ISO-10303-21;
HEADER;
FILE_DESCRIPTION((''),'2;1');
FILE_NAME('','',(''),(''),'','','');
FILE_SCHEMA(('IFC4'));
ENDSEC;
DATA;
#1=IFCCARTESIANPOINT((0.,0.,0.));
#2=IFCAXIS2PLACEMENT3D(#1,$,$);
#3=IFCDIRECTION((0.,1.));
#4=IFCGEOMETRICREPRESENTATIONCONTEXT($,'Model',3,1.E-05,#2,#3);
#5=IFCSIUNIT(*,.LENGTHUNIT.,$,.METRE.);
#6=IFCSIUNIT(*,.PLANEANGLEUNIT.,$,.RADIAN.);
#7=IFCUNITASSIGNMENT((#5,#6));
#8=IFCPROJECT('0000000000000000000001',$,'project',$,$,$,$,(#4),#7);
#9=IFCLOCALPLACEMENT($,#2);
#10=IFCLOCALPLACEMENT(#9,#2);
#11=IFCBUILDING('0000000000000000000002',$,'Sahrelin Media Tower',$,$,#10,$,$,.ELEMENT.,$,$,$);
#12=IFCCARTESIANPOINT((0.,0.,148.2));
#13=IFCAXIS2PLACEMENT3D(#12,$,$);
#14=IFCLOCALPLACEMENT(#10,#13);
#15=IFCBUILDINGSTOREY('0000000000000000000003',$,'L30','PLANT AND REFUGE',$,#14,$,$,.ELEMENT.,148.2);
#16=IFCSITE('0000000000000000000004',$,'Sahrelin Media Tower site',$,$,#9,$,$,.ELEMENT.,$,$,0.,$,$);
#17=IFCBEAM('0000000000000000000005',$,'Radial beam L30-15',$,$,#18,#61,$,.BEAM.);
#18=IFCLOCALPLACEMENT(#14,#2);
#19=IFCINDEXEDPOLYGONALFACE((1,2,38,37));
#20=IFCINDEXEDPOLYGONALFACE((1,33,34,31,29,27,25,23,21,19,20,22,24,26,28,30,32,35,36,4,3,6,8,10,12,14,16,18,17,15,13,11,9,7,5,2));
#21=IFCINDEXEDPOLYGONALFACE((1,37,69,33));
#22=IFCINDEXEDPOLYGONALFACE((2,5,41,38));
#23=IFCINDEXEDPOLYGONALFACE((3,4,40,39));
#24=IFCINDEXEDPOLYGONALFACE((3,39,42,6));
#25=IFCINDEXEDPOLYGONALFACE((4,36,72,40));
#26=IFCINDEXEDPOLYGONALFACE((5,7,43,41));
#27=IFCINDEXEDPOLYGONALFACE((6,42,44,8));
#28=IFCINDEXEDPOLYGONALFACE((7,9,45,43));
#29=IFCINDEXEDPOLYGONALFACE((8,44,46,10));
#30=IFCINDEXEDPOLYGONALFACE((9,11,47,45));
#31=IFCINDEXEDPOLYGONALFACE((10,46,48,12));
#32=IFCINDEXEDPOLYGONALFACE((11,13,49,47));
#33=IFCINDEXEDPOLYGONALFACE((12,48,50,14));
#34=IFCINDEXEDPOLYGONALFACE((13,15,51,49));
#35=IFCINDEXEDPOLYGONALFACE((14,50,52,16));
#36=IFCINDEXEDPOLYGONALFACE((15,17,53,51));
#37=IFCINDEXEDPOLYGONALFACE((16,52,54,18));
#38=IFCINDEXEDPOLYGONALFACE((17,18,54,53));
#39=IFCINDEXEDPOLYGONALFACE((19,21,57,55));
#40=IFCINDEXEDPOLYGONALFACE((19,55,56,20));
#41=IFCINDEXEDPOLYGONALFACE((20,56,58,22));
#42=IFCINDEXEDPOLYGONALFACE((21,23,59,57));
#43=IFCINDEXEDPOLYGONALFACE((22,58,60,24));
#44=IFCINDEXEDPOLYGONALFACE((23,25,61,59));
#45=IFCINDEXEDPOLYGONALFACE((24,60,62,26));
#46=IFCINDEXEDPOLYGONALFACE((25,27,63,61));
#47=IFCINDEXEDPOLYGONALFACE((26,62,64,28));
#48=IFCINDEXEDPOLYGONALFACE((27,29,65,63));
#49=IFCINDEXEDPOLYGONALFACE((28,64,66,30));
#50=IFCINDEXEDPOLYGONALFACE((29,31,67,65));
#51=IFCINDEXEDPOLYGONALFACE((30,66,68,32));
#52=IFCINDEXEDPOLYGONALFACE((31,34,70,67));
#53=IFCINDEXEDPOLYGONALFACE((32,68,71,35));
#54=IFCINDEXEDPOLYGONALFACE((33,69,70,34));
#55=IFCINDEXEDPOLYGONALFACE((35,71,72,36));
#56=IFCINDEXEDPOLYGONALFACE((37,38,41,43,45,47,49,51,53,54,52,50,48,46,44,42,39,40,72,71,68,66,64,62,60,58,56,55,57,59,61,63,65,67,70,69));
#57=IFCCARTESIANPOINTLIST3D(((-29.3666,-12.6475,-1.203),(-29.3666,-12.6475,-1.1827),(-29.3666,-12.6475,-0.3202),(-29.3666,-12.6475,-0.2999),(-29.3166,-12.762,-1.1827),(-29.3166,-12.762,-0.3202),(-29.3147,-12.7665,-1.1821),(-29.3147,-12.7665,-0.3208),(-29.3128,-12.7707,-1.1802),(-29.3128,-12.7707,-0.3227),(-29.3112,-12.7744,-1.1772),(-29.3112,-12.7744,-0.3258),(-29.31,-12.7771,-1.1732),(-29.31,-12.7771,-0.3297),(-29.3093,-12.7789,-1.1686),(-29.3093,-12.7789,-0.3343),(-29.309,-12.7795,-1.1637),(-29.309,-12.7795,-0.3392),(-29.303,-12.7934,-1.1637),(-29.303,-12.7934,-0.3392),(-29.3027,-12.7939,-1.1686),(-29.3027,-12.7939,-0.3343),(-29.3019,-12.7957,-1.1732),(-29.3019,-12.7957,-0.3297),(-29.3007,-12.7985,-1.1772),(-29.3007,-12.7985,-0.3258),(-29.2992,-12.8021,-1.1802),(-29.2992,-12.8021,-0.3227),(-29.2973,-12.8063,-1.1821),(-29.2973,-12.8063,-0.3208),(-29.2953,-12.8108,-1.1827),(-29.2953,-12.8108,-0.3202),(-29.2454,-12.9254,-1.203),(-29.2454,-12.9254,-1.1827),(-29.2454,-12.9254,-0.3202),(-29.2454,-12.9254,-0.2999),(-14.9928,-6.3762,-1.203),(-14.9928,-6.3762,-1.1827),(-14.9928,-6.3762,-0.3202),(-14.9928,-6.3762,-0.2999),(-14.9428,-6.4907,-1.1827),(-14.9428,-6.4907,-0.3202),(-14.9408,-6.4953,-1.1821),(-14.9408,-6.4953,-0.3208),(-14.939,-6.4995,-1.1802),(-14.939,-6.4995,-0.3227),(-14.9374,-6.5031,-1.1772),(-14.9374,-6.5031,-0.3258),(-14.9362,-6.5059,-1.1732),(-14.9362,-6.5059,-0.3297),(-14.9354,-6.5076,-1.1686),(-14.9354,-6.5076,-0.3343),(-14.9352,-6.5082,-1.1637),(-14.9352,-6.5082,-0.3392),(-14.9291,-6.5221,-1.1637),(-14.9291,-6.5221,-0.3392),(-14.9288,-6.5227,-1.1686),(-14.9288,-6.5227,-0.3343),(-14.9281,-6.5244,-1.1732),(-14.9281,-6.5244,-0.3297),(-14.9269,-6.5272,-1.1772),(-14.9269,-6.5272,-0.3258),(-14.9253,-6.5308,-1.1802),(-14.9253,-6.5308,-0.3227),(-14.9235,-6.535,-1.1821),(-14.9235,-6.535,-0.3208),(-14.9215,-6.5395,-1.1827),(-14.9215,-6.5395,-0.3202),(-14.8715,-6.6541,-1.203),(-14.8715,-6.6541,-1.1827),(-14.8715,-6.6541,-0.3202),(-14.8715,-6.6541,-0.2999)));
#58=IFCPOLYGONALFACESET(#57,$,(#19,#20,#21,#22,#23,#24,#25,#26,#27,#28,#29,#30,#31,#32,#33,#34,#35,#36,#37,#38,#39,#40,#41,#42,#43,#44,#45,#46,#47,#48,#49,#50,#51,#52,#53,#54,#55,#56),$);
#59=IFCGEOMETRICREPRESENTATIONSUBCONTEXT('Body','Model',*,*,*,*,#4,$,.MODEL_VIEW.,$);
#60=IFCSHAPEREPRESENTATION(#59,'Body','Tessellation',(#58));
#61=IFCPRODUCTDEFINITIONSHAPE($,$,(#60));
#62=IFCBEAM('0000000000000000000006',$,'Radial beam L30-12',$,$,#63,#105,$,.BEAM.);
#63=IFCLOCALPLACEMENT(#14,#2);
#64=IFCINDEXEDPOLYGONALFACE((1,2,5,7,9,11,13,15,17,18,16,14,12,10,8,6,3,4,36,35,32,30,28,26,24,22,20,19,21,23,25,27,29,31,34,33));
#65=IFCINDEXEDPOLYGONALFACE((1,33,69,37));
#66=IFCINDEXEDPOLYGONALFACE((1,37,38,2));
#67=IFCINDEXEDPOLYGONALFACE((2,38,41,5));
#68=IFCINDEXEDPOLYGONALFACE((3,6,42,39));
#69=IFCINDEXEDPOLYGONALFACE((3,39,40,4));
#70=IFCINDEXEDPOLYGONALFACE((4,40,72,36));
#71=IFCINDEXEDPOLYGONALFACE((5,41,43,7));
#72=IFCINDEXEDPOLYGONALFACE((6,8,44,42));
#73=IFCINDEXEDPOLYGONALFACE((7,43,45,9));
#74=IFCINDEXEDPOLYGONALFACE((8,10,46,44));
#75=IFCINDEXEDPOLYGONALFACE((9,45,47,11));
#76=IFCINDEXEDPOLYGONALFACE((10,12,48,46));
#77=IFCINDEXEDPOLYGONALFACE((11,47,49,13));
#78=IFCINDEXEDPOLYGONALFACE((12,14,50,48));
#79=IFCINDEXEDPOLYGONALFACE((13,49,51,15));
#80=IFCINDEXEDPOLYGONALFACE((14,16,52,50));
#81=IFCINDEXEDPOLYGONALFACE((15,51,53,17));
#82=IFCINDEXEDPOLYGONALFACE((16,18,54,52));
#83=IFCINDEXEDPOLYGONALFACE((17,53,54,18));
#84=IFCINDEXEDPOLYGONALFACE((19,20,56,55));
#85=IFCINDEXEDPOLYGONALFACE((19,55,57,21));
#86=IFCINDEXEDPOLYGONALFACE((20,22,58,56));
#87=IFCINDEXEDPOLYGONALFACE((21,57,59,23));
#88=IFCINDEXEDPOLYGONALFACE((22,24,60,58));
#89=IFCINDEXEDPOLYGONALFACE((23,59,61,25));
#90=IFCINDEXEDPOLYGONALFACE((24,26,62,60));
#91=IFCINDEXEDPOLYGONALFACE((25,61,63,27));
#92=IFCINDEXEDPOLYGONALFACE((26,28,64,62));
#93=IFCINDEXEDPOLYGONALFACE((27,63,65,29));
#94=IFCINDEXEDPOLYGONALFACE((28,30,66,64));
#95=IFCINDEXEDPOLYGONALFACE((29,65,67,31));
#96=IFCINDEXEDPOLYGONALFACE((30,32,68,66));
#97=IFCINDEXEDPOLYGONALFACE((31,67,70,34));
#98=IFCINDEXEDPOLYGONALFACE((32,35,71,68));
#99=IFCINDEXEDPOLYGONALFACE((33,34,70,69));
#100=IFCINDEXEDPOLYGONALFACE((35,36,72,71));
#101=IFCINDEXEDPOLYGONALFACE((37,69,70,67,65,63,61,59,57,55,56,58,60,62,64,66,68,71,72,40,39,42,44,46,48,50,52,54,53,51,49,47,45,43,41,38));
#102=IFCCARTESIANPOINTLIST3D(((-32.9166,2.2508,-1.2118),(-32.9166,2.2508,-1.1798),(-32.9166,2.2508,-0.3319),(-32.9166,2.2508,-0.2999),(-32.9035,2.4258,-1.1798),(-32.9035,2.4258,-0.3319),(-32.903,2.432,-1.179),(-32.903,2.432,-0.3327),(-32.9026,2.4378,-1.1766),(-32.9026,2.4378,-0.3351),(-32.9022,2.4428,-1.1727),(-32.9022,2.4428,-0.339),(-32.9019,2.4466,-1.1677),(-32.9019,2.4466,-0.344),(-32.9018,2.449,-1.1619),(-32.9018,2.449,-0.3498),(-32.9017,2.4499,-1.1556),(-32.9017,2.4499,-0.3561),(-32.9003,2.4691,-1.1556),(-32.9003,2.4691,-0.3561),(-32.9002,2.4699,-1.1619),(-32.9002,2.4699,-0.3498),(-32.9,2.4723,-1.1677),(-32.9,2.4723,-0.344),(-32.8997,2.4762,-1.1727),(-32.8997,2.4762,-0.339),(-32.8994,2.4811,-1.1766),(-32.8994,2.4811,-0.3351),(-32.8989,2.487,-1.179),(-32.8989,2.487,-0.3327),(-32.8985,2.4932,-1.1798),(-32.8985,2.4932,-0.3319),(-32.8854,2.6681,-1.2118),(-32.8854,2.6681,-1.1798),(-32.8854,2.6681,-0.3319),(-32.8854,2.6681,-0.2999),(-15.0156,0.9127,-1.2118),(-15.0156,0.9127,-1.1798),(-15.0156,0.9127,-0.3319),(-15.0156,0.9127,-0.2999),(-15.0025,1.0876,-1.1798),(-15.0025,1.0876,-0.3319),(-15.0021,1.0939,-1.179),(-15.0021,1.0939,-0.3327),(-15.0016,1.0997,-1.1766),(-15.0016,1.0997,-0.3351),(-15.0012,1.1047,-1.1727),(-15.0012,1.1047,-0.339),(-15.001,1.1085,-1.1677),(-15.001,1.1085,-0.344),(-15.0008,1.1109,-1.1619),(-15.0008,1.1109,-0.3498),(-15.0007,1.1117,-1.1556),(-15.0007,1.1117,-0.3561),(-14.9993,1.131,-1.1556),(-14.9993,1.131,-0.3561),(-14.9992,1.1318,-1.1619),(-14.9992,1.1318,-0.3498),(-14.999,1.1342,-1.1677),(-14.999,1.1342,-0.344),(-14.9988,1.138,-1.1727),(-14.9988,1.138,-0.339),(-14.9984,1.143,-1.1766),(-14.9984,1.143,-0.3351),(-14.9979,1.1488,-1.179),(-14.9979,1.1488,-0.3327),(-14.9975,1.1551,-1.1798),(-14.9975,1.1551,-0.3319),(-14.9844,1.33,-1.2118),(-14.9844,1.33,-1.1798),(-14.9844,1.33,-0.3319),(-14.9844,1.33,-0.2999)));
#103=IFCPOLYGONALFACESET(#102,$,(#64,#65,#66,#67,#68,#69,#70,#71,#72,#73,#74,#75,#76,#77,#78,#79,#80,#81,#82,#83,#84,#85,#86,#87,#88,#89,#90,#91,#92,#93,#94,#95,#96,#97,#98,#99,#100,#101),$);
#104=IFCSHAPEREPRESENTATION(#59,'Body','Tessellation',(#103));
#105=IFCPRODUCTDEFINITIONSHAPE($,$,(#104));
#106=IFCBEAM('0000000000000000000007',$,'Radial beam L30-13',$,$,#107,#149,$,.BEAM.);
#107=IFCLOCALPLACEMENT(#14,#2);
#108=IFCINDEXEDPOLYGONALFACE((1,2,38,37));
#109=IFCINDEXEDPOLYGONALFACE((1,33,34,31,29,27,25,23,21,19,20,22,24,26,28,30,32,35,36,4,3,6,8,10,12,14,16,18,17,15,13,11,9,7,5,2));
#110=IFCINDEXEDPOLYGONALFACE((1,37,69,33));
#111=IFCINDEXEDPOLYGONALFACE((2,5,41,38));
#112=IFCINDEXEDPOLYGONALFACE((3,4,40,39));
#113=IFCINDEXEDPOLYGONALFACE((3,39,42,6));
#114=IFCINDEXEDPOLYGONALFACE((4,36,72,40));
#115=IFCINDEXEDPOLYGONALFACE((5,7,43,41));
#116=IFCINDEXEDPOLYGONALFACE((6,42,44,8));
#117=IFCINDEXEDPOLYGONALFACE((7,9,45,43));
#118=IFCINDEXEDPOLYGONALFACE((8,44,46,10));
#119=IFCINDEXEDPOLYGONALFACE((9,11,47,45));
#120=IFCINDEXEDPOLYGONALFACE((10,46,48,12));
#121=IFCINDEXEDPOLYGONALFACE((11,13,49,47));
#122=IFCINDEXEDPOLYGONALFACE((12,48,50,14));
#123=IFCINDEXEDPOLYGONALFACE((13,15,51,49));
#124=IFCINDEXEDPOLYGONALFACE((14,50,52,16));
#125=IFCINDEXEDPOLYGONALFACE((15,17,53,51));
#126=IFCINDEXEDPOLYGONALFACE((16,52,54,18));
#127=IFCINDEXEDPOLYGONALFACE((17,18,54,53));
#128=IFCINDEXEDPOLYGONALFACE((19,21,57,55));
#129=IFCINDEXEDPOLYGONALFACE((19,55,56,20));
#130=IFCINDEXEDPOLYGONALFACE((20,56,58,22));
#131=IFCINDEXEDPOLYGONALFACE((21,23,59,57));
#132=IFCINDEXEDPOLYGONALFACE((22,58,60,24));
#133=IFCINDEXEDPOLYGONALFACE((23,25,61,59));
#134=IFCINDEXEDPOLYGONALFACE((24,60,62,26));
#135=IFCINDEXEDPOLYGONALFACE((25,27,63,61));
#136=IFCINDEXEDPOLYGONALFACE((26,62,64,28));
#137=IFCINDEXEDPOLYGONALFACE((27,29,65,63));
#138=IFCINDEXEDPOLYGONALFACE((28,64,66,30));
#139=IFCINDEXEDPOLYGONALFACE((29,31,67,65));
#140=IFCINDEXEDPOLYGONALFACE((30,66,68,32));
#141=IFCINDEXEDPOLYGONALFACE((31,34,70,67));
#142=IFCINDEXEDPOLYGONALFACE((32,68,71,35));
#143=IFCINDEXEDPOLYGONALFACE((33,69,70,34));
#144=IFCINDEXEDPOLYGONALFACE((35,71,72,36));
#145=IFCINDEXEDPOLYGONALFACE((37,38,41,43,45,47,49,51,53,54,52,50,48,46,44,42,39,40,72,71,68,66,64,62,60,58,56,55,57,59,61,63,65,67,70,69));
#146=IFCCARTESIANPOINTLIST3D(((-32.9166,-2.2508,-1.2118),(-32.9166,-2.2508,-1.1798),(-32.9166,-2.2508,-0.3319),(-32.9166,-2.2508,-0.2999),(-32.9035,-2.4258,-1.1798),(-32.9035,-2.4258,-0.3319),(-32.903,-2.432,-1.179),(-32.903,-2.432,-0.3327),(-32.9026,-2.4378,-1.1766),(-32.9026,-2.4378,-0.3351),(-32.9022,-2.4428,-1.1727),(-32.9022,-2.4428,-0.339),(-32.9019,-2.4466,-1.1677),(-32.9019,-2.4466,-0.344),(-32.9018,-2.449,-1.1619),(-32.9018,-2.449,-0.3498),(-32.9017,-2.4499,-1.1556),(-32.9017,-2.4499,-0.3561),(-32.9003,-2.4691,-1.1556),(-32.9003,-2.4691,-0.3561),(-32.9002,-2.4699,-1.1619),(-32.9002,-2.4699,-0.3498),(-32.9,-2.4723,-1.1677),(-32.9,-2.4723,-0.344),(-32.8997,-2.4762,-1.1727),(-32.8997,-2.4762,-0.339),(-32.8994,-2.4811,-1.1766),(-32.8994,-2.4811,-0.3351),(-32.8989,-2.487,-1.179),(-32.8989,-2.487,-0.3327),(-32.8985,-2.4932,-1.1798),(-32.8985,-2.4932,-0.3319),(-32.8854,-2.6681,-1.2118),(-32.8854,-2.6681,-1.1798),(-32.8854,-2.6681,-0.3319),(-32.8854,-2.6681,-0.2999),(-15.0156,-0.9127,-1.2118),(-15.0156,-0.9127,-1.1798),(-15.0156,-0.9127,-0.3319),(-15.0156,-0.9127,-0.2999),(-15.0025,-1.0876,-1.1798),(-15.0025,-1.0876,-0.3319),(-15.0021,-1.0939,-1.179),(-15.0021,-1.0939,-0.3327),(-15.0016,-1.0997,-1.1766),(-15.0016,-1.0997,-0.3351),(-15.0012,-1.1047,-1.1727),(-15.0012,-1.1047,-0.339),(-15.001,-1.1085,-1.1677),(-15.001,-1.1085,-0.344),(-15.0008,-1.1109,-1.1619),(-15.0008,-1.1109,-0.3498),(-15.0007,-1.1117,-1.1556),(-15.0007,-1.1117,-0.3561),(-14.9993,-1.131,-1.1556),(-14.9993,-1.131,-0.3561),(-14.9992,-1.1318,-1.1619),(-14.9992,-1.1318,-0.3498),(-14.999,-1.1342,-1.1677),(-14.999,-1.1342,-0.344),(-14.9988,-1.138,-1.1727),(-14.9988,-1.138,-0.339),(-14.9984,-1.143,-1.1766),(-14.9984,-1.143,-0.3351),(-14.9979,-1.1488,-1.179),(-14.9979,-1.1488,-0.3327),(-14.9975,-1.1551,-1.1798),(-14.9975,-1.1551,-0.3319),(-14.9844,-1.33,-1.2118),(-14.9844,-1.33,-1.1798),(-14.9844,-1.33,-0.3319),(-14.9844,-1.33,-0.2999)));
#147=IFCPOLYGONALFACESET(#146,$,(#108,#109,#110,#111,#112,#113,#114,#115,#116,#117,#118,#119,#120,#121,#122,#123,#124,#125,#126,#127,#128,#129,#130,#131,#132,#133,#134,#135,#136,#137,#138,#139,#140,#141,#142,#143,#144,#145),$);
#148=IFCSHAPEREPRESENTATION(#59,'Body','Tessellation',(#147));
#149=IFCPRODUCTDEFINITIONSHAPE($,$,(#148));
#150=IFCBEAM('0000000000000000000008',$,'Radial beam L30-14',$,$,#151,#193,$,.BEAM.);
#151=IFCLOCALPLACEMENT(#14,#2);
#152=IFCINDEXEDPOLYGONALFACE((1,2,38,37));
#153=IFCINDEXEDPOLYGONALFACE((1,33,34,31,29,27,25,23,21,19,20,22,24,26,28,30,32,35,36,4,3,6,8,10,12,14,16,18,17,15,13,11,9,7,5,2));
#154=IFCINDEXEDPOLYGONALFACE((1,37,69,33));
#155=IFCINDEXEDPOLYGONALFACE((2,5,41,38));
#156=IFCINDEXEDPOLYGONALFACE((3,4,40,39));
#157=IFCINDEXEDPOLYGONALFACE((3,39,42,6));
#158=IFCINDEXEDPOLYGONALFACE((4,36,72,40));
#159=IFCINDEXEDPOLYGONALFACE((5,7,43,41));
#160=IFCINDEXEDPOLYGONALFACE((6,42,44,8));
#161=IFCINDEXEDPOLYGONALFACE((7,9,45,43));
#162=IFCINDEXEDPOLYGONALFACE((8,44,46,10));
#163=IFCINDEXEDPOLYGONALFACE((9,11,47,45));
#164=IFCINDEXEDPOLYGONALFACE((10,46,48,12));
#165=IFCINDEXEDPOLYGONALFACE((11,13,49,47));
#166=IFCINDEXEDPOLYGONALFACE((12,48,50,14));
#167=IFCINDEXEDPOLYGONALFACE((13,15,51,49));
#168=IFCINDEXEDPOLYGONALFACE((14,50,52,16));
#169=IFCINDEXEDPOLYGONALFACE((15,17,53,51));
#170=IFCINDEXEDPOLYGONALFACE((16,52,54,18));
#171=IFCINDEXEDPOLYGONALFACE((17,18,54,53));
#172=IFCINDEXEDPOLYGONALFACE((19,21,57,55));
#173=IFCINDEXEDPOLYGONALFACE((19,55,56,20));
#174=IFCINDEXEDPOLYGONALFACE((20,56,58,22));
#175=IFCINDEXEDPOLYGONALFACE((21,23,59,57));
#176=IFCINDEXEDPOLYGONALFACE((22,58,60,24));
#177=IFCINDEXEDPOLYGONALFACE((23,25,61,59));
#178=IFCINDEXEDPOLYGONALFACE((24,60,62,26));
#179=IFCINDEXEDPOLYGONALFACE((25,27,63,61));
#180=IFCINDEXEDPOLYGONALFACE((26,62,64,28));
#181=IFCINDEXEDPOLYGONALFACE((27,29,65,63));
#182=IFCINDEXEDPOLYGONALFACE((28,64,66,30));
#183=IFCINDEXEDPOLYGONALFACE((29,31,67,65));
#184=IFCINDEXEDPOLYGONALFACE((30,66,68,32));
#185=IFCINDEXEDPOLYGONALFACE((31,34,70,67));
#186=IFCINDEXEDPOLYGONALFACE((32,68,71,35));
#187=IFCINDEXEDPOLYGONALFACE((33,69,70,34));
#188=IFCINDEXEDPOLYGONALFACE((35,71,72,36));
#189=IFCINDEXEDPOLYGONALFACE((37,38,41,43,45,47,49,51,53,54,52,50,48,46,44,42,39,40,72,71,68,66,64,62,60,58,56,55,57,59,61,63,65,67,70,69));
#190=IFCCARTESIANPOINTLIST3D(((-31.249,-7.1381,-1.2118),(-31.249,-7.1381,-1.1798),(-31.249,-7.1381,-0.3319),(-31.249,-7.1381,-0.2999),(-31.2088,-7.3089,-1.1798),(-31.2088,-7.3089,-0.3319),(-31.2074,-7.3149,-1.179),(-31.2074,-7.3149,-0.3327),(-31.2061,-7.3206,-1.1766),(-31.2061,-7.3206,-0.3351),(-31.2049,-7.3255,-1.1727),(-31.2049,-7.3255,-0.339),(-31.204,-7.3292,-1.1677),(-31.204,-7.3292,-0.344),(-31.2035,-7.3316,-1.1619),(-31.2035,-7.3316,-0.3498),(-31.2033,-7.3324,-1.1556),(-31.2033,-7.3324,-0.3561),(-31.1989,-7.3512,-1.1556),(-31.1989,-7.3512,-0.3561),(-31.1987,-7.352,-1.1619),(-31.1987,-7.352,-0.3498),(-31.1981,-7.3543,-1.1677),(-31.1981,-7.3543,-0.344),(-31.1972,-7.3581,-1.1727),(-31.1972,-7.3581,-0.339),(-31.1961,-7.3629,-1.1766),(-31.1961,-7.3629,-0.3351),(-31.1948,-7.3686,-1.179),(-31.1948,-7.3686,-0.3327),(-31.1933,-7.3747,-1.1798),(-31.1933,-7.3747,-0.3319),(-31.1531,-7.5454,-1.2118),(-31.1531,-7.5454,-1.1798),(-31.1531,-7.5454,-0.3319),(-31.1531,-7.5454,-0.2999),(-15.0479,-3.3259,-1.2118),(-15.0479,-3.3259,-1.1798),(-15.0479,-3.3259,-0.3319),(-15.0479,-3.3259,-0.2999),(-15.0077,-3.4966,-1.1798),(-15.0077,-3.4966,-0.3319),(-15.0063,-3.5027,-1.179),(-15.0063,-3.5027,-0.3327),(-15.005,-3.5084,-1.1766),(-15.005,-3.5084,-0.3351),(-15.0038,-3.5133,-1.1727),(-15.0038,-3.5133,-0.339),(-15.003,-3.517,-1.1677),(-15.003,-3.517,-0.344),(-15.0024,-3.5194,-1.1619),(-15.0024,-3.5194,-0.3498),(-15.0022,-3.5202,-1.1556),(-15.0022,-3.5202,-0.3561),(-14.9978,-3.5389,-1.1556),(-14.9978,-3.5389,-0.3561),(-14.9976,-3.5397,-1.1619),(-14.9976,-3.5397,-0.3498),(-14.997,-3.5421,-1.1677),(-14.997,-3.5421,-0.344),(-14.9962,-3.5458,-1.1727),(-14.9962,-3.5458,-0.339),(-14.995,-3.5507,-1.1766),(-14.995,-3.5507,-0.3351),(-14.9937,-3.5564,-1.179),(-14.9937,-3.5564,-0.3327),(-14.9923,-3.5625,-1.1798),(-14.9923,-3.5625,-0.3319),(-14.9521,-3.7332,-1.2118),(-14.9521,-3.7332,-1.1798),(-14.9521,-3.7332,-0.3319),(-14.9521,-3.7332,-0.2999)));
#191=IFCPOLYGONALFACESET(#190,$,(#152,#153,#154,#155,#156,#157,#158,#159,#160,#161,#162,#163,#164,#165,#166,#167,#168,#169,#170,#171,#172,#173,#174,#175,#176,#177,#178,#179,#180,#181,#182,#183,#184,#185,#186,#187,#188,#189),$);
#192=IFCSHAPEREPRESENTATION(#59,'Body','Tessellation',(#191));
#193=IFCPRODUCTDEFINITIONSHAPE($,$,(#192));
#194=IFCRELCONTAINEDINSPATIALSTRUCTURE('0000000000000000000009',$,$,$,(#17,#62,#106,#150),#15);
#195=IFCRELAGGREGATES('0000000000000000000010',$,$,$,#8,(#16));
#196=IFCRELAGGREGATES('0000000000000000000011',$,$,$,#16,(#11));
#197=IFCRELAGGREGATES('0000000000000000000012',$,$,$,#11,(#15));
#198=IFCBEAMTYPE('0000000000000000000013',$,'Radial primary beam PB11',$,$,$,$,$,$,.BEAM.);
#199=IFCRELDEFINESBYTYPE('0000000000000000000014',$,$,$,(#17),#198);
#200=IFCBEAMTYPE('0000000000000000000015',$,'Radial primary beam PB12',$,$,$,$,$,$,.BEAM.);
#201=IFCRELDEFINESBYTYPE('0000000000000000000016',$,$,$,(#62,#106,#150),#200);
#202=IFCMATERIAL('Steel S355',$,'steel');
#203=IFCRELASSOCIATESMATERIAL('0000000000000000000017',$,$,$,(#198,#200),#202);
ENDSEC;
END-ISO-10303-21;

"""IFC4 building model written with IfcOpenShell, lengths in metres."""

from ifc_helpers import new_model, si_unit, direction, frame, origin, origin_2d, place, context, subcontext, project, spatial, i_section, extrude, material, material_profile, profile_set, type_object, element, save


model = new_model("IFC4")

# Units and contexts
model_context = context("Model", 3, precision=1e-05, world=origin(), true_north=direction((0.0, 1.0)))
body_context = subcontext(model_context, "Body", "Model", "MODEL_VIEW")
ifc_project = project(units=[si_unit("LENGTHUNIT", "METRE"), si_unit("PLANEANGLEUNIT", "RADIAN")], contexts=[model_context])

# Site, building, storey
site_placement = place(None, origin())
site = spatial("IfcSite", under=ifc_project, at=site_placement, Name="Sahrelin Media Tower site", CompositionType="ELEMENT", RefElevation=0.0)
building_placement = place(site_placement, origin())
building = spatial("IfcBuilding", under=site, at=building_placement, Name="Sahrelin Media Tower", CompositionType="ELEMENT")
storey_placement = place(building_placement, frame((0.0, 0.0, 148.2)))
storey = spatial("IfcBuildingStorey", under=building, at=storey_placement, Name="L30", Description="PLANT AND REFUGE", CompositionType="ELEMENT", Elevation=148.2)

# Beams
ifc_material_1 = material(Name="Steel S355", Category="steel")
ifc_material_profile_1 = material_profile(ifc_material_1, i_section(OverallWidth=0.3032, OverallDepth=0.9031, WebThickness=0.0151, FlangeThickness=0.0203, FilletRadius=0.019, at=origin_2d()), Name="UB 914x305x201")
ifc_profile_set_1 = profile_set([ifc_material_profile_1], Name="Steel S355")
beam_type_1 = type_object("IfcBeamType", Name="Radial primary beam PB11", PredefinedType="BEAM", material=ifc_profile_set_1)
beam_1_placement = place(storey_placement, frame((-14.9321, -6.5151, -0.7515), z_axis=(-0.916562, -0.399893, 0.0), x_axis=(0.399893, -0.916562, 0.0)))
element("IfcBeam", 1, at=beam_1_placement, inside=storey, type_object=beam_type_1, Name="Radial beam L30-15", PredefinedType="BEAM", context=body_context, shape_type="SweptSolid", body=[
    extrude(i_section(OverallWidth=0.3032, OverallDepth=0.9031, WebThickness=0.0151, FlangeThickness=0.0203, FilletRadius=0.019, at=origin_2d()), origin(), (0.0, 0.0, 1.0), 15.6824),
])
ifc_material_profile_2 = material_profile(ifc_material_1, i_section(OverallWidth=0.4185, OverallDepth=0.9119, WebThickness=0.0193, FlangeThickness=0.032, FilletRadius=0.0242, at=origin_2d()), Name="UB 914x419x343")
ifc_profile_set_2 = profile_set([ifc_material_profile_2], Name="Steel S355")
beam_type_2 = type_object("IfcBeamType", Name="Radial primary beam PB12", PredefinedType="BEAM", material=ifc_profile_set_2)
for number, where, z_axis, x_axis, name in (
    (2, (-15.0, 1.1213, -0.7559), (-0.997218, 0.074544, 0.0), (-0.074544, -0.997218, 0.0), "Radial beam L30-12"),
    (3, (-15.0, -1.1213, -0.7559), (-0.997218, -0.074544, 0.0), (0.074544, -0.997218, 0.0), "Radial beam L30-13"),
):
    element("IfcBeam", number, at=place(storey_placement, frame(where, z_axis=z_axis, x_axis=x_axis)), inside=storey, type_object=beam_type_2, Name=name, PredefinedType="BEAM", context=body_context, shape_type="SweptSolid", body=[
        extrude(i_section(OverallWidth=0.4185, OverallDepth=0.9119, WebThickness=0.0193, FlangeThickness=0.032, FilletRadius=0.0242, at=origin_2d()), origin(), (0.0, 0.0, 1.0), 17.9509),
    ])
beam_2_placement = place(storey_placement, frame((-15.0, -3.5295, -0.7559), z_axis=(-0.973414, -0.229052, 0.0), x_axis=(0.229052, -0.973414, 0.0)))
element("IfcBeam", 4, at=beam_2_placement, inside=storey, type_object=beam_type_2, Name="Radial beam L30-14", PredefinedType="BEAM", context=body_context, shape_type="SweptSolid", body=[
    extrude(i_section(OverallWidth=0.4185, OverallDepth=0.9119, WebThickness=0.0193, FlangeThickness=0.032, FilletRadius=0.0242, at=origin_2d()), origin(), (0.0, 0.0, 1.0), 16.6436),
])

save(model, "model.ifc")
